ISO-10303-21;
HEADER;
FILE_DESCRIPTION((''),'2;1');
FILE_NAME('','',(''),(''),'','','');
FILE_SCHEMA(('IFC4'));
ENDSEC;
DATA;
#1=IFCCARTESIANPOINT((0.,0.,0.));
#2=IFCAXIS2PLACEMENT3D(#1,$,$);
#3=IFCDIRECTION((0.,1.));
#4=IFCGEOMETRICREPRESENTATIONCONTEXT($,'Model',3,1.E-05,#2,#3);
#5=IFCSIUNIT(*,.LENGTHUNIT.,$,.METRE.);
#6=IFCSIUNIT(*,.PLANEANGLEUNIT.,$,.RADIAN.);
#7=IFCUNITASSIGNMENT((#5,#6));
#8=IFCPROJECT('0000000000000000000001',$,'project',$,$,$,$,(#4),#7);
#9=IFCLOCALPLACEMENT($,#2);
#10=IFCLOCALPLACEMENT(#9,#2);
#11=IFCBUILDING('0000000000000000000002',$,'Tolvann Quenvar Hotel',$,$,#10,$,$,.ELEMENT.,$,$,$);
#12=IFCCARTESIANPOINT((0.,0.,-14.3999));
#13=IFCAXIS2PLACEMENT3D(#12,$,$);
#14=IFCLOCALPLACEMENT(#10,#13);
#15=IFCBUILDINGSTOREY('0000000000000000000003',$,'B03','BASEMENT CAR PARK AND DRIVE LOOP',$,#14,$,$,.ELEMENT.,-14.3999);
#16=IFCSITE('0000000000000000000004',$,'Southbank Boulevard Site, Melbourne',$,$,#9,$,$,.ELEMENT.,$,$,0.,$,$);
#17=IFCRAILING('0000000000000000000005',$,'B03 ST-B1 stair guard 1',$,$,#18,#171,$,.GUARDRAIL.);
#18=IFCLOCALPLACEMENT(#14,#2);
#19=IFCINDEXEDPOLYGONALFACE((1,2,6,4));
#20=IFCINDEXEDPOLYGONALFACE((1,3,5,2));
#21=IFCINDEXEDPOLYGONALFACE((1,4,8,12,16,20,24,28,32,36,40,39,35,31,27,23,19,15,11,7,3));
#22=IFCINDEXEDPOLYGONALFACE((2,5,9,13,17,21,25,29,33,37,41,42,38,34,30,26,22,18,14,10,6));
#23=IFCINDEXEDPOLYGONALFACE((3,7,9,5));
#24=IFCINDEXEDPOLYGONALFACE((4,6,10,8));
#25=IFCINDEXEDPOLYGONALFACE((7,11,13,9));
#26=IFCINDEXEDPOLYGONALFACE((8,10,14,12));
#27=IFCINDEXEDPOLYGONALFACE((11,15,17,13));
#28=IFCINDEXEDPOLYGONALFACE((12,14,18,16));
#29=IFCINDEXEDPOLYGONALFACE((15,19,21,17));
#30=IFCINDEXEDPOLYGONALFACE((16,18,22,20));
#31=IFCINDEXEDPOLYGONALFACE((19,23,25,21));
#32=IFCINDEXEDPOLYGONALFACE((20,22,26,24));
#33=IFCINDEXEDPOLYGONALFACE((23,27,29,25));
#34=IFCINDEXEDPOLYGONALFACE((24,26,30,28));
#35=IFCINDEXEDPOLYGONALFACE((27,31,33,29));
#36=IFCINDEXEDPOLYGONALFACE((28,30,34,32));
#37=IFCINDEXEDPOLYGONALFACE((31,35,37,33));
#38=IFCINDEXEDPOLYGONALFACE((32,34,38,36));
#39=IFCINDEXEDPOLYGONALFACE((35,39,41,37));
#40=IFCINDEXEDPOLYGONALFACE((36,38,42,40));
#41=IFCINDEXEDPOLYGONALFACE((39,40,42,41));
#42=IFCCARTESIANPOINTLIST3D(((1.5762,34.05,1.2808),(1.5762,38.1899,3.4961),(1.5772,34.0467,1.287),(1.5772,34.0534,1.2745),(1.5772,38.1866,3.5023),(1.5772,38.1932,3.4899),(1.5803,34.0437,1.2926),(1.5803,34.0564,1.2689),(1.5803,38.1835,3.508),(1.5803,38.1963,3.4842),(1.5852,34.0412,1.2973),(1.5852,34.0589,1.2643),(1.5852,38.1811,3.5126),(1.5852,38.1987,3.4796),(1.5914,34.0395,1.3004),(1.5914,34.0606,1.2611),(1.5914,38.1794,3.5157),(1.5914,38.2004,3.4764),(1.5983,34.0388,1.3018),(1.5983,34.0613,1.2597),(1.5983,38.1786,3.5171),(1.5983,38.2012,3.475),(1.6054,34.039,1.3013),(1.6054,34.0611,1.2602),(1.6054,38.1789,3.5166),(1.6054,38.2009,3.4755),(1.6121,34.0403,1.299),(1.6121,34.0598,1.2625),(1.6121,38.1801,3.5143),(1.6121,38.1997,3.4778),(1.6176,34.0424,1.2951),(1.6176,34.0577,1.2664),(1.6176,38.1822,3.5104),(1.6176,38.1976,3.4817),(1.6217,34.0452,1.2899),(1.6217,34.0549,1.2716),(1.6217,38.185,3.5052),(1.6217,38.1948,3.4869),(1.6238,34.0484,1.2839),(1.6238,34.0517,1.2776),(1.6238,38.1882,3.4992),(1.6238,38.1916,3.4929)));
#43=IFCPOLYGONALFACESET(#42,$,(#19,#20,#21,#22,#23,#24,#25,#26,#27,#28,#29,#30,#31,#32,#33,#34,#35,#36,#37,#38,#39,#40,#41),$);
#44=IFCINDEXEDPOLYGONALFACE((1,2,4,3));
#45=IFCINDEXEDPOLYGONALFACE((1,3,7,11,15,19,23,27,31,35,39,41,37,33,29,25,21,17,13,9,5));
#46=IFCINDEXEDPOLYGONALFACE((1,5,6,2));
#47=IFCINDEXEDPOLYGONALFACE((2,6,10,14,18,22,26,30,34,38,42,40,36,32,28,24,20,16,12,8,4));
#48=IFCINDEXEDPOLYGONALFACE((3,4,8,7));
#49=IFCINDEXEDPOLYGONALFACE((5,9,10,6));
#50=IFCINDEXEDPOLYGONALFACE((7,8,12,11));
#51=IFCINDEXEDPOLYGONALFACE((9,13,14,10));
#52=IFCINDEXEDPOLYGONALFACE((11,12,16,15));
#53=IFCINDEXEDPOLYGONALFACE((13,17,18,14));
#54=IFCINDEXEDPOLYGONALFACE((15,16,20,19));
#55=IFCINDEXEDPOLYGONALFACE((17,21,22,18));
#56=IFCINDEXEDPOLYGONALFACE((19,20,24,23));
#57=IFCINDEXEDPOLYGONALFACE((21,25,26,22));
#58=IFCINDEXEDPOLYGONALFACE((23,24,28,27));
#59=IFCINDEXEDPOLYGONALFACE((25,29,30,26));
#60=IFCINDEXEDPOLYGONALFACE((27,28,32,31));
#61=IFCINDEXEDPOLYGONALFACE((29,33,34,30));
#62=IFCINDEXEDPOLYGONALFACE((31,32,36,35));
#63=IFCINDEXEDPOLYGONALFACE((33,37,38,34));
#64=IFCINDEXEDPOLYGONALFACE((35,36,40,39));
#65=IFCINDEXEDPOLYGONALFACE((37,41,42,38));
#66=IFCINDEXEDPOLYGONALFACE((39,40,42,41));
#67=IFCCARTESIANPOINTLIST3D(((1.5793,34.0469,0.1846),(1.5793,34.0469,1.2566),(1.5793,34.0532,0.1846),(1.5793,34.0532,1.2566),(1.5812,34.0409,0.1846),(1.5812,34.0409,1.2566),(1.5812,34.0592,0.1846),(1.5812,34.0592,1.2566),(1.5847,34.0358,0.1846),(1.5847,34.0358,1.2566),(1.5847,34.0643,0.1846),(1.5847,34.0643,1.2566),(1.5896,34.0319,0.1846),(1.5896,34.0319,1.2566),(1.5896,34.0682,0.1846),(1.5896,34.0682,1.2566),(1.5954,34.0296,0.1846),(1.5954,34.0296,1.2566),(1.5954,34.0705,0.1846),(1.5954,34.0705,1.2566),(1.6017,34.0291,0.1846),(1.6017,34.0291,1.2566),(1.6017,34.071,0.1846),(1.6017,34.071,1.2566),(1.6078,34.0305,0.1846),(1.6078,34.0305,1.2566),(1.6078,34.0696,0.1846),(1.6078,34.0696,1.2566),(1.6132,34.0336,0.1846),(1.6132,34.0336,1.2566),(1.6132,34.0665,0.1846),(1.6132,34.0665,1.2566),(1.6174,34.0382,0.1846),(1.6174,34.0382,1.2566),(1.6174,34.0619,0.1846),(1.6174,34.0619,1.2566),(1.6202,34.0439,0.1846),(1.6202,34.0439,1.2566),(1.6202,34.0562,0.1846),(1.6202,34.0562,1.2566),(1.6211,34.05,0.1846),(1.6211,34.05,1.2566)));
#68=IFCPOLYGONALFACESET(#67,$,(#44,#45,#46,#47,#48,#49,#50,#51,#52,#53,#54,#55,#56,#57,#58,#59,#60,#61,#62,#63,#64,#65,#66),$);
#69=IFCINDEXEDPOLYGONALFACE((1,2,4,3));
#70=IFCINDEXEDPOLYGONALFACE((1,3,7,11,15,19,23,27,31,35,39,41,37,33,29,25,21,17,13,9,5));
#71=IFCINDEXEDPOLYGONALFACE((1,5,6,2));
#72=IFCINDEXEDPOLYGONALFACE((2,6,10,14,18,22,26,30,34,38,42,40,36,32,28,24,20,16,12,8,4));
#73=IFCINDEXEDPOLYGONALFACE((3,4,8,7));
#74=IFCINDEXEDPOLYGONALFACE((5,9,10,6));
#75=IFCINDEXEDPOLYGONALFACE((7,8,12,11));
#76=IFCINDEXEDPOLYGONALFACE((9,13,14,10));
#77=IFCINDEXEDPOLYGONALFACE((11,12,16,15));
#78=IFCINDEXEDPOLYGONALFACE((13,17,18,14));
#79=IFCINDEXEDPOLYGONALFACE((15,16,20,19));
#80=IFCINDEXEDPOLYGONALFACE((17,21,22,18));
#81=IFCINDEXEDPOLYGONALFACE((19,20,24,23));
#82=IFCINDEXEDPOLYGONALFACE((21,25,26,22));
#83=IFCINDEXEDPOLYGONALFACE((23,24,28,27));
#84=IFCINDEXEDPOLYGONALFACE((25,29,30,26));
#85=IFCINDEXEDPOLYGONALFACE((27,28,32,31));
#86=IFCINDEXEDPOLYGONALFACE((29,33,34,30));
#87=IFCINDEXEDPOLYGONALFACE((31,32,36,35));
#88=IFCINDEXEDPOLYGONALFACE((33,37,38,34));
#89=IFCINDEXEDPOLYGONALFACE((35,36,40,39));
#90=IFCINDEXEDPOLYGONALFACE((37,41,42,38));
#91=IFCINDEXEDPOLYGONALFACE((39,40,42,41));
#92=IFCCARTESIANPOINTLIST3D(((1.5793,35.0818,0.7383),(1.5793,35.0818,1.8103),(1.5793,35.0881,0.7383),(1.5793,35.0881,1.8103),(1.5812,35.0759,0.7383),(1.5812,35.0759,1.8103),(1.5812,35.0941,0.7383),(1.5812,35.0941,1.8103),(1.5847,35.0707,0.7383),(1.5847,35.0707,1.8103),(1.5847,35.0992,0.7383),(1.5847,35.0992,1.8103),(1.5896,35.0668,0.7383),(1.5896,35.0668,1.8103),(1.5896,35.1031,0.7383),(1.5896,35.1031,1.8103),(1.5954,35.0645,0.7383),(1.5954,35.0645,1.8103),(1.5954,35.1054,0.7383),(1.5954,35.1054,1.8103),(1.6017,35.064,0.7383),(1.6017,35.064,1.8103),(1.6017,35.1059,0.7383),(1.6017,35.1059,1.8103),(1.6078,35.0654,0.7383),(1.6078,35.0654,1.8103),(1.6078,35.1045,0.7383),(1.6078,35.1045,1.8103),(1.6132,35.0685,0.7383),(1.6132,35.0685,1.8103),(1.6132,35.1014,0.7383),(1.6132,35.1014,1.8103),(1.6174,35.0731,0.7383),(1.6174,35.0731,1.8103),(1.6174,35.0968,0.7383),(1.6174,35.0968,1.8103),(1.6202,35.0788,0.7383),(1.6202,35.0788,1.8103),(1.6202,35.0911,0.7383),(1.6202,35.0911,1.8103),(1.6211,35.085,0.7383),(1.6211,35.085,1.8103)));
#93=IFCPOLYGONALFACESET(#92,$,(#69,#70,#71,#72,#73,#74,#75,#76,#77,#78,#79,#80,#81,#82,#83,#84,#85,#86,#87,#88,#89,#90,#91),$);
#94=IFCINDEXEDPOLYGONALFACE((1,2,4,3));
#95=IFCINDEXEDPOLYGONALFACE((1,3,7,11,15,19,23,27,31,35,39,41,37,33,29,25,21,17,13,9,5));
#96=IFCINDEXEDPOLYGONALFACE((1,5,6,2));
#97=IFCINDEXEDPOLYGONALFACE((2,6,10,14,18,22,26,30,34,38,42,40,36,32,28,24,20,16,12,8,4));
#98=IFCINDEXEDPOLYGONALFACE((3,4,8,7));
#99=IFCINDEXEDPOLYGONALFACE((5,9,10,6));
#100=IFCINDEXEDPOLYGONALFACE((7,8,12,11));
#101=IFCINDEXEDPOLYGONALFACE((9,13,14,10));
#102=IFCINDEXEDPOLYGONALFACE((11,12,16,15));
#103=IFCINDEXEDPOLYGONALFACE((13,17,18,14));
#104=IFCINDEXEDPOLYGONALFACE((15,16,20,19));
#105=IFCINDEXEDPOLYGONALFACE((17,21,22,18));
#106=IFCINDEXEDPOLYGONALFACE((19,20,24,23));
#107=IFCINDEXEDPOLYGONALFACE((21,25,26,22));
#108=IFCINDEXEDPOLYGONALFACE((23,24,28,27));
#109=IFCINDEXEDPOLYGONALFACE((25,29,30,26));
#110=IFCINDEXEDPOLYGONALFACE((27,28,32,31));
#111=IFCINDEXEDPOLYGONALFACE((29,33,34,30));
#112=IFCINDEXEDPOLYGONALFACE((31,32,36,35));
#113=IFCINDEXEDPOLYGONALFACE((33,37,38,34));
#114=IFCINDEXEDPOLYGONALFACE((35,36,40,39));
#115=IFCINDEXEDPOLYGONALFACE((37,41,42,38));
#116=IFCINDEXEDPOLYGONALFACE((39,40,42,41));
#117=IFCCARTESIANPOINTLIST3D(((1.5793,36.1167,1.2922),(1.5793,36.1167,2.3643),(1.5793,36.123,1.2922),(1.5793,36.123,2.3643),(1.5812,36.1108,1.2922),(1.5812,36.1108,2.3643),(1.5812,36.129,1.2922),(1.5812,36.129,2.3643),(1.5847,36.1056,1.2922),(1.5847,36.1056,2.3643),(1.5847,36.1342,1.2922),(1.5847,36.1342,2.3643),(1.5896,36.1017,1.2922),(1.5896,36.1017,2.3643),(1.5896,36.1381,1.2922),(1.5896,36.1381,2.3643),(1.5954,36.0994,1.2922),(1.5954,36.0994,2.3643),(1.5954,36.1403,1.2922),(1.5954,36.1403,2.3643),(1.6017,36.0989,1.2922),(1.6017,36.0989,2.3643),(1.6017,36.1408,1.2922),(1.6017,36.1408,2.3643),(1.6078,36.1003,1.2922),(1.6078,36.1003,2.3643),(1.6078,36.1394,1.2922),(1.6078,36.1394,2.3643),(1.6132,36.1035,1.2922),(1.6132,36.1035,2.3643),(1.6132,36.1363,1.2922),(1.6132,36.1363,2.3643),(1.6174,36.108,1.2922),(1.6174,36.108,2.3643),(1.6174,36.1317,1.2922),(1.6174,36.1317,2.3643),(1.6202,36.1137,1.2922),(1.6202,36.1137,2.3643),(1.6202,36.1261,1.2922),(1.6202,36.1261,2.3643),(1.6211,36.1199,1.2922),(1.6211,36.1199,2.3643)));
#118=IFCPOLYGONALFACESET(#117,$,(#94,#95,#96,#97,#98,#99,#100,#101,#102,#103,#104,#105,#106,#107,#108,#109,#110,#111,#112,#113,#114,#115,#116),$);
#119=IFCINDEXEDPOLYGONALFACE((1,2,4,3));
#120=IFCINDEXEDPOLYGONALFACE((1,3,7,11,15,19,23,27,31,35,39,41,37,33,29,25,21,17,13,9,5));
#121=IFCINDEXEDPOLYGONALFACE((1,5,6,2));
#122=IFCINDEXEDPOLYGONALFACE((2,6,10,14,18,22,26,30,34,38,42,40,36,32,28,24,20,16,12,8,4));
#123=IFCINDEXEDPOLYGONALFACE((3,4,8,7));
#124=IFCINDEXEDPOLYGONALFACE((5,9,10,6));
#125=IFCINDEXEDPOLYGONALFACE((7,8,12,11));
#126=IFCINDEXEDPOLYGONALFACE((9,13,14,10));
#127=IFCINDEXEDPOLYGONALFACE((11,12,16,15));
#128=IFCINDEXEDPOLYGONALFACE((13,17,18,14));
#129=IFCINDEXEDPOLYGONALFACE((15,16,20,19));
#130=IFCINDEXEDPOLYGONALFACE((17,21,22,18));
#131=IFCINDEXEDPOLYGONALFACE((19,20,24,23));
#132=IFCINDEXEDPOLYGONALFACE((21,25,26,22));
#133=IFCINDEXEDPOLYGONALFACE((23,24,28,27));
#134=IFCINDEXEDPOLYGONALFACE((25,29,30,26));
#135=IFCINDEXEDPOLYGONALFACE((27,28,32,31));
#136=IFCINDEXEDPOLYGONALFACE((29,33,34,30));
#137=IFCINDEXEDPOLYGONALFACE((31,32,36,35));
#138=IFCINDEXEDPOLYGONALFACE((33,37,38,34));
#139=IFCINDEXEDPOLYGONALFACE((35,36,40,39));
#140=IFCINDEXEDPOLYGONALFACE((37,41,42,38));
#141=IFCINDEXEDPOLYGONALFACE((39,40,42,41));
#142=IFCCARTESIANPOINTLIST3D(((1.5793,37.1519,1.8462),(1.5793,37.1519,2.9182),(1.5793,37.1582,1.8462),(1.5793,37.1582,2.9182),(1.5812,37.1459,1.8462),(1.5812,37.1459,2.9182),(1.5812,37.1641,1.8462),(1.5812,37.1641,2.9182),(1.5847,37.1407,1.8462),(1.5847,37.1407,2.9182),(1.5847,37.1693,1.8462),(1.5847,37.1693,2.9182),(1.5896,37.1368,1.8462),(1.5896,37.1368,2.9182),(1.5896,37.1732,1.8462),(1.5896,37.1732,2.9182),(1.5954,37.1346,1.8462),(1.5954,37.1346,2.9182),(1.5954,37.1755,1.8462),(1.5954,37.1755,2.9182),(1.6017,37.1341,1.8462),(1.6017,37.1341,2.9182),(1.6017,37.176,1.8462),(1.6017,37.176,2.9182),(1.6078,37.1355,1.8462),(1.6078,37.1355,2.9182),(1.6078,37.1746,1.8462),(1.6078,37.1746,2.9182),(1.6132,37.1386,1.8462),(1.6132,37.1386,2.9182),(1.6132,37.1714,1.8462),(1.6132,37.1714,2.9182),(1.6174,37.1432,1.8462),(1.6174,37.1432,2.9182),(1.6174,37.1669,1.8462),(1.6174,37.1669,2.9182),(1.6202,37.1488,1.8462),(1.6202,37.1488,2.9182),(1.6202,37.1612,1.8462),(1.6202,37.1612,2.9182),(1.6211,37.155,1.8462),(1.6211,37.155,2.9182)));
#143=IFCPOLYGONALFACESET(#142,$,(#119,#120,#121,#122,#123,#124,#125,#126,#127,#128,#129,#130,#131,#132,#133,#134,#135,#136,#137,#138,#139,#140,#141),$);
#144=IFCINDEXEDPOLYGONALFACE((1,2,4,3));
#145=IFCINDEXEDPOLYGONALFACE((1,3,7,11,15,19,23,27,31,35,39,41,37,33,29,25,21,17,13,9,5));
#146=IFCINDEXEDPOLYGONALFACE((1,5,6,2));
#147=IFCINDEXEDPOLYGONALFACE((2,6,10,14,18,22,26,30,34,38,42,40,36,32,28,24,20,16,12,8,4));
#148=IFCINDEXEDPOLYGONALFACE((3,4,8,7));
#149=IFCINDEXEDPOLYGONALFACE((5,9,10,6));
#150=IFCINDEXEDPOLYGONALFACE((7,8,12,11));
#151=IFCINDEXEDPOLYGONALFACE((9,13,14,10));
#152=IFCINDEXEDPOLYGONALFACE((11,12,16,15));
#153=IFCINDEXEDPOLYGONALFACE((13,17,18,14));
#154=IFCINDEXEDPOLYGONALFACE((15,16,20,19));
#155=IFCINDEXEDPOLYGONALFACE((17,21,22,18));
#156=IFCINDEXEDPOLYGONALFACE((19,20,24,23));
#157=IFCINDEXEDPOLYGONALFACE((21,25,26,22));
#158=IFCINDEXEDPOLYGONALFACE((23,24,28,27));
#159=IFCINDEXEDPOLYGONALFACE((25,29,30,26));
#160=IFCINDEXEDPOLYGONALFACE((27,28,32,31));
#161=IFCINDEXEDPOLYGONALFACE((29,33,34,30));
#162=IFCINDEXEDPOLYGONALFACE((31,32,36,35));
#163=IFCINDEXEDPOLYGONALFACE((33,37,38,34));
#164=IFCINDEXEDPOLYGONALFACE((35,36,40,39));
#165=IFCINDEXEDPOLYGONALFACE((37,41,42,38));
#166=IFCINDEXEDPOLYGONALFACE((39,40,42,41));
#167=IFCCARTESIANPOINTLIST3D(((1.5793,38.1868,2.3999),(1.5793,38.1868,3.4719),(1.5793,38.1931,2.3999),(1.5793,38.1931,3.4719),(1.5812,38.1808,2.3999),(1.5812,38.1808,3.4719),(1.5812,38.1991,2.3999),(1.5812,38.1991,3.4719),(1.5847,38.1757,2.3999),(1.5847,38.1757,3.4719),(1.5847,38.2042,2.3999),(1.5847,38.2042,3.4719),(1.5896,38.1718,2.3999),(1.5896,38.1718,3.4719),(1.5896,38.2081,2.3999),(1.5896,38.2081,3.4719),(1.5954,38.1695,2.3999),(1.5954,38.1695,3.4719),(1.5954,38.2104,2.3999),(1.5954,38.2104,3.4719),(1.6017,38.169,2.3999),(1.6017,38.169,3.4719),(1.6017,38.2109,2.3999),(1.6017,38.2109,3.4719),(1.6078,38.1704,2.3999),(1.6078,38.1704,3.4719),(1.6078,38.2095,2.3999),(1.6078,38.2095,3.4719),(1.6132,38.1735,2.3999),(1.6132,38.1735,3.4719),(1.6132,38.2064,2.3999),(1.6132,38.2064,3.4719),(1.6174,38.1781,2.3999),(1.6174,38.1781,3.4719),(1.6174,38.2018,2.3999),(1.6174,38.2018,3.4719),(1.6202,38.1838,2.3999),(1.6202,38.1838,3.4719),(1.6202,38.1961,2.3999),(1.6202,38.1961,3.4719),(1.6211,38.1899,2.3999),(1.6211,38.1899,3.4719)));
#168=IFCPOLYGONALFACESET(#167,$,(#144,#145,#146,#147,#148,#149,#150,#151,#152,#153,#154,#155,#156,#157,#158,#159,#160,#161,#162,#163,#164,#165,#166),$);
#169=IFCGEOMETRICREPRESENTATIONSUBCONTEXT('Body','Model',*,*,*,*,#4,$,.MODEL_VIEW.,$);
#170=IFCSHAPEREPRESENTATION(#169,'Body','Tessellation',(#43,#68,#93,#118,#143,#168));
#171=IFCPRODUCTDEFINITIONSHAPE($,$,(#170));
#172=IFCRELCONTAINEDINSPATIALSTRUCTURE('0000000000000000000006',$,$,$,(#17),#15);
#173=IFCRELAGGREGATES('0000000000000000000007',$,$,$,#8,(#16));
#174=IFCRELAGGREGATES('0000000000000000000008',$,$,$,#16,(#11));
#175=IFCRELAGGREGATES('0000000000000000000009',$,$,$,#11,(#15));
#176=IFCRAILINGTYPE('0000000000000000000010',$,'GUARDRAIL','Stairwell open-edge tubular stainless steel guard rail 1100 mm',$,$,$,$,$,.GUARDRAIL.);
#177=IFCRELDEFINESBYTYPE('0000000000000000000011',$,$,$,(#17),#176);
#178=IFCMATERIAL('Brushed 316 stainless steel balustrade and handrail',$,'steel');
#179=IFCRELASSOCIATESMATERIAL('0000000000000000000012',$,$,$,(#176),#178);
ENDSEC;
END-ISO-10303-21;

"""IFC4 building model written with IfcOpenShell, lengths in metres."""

from ifc_helpers import new_model, si_unit, direction, frame, origin, origin_2d, place, context, subcontext, project, spatial, circle, extrude, material, type_object, element, save


model = new_model("IFC4")

# Units and contexts
model_context = context("Model", 3, precision=1e-05, world=origin(), true_north=direction((0.0, 1.0)))
body_context = subcontext(model_context, "Body", "Model", "MODEL_VIEW")
ifc_project = project(units=[si_unit("LENGTHUNIT", "METRE"), si_unit("PLANEANGLEUNIT", "RADIAN")], contexts=[model_context])

# Site, building, storey
site_placement = place(None, origin())
site = spatial("IfcSite", under=ifc_project, at=site_placement, Name="Southbank Boulevard Site, Melbourne", CompositionType="ELEMENT", RefElevation=0.0)
building_placement = place(site_placement, origin())
building = spatial("IfcBuilding", under=site, at=building_placement, Name="Tolvann Quenvar Hotel", CompositionType="ELEMENT")
storey_placement = place(building_placement, frame((0.0, 0.0, -14.3999)))
storey = spatial("IfcBuildingStorey", under=building, at=storey_placement, Name="B03", Description="BASEMENT CAR PARK AND DRIVE LOOP", CompositionType="ELEMENT", Elevation=-14.3999)

# Railing
ifc_material_1 = material(Name="Brushed 316 stainless steel balustrade and handrail", Category="steel")
railing_type_1 = type_object("IfcRailingType", Name="GUARDRAIL", Description="Stairwell open-edge tubular stainless steel guard rail 1100 mm", PredefinedType="GUARDRAIL", material=ifc_material_1)
railing_1_placement = place(storey_placement, frame((1.6001, 34.05, 0.1846)))
element("IfcRailing", 1, at=railing_1_placement, inside=storey, type_object=railing_type_1, Name="B03 ST-B1 stair guard 1", PredefinedType="GUARDRAIL", context=body_context, shape_type="SweptSolid", body=[
    extrude(circle(Radius=0.0239, at=origin_2d()), frame((0.0, 0.0, 1.0962), z_axis=(0.0, 0.881699, 0.471813), x_axis=(-1.0, 0.0, 0.0)), (0.0, 0.0, 1.0), 4.6953),
    extrude(circle(Radius=0.021, at=origin_2d()), origin(), (0.0, 0.0, 1.0), 1.072),
    extrude(circle(Radius=0.021, at=origin_2d()), frame((0.0, 1.0349, 0.5537)), (0.0, 0.0, 1.0), 1.072),
    extrude(circle(Radius=0.021, at=origin_2d()), frame((0.0, 2.0698, 1.1077)), (0.0, 0.0, 1.0), 1.072),
    extrude(circle(Radius=0.021, at=origin_2d()), frame((0.0, 3.105, 1.6616)), (0.0, 0.0, 1.0), 1.072),
    extrude(circle(Radius=0.021, at=origin_2d()), frame((0.0, 4.1399, 2.2153)), (0.0, 0.0, 1.0), 1.072),
])

save(model, "model.ifc")
